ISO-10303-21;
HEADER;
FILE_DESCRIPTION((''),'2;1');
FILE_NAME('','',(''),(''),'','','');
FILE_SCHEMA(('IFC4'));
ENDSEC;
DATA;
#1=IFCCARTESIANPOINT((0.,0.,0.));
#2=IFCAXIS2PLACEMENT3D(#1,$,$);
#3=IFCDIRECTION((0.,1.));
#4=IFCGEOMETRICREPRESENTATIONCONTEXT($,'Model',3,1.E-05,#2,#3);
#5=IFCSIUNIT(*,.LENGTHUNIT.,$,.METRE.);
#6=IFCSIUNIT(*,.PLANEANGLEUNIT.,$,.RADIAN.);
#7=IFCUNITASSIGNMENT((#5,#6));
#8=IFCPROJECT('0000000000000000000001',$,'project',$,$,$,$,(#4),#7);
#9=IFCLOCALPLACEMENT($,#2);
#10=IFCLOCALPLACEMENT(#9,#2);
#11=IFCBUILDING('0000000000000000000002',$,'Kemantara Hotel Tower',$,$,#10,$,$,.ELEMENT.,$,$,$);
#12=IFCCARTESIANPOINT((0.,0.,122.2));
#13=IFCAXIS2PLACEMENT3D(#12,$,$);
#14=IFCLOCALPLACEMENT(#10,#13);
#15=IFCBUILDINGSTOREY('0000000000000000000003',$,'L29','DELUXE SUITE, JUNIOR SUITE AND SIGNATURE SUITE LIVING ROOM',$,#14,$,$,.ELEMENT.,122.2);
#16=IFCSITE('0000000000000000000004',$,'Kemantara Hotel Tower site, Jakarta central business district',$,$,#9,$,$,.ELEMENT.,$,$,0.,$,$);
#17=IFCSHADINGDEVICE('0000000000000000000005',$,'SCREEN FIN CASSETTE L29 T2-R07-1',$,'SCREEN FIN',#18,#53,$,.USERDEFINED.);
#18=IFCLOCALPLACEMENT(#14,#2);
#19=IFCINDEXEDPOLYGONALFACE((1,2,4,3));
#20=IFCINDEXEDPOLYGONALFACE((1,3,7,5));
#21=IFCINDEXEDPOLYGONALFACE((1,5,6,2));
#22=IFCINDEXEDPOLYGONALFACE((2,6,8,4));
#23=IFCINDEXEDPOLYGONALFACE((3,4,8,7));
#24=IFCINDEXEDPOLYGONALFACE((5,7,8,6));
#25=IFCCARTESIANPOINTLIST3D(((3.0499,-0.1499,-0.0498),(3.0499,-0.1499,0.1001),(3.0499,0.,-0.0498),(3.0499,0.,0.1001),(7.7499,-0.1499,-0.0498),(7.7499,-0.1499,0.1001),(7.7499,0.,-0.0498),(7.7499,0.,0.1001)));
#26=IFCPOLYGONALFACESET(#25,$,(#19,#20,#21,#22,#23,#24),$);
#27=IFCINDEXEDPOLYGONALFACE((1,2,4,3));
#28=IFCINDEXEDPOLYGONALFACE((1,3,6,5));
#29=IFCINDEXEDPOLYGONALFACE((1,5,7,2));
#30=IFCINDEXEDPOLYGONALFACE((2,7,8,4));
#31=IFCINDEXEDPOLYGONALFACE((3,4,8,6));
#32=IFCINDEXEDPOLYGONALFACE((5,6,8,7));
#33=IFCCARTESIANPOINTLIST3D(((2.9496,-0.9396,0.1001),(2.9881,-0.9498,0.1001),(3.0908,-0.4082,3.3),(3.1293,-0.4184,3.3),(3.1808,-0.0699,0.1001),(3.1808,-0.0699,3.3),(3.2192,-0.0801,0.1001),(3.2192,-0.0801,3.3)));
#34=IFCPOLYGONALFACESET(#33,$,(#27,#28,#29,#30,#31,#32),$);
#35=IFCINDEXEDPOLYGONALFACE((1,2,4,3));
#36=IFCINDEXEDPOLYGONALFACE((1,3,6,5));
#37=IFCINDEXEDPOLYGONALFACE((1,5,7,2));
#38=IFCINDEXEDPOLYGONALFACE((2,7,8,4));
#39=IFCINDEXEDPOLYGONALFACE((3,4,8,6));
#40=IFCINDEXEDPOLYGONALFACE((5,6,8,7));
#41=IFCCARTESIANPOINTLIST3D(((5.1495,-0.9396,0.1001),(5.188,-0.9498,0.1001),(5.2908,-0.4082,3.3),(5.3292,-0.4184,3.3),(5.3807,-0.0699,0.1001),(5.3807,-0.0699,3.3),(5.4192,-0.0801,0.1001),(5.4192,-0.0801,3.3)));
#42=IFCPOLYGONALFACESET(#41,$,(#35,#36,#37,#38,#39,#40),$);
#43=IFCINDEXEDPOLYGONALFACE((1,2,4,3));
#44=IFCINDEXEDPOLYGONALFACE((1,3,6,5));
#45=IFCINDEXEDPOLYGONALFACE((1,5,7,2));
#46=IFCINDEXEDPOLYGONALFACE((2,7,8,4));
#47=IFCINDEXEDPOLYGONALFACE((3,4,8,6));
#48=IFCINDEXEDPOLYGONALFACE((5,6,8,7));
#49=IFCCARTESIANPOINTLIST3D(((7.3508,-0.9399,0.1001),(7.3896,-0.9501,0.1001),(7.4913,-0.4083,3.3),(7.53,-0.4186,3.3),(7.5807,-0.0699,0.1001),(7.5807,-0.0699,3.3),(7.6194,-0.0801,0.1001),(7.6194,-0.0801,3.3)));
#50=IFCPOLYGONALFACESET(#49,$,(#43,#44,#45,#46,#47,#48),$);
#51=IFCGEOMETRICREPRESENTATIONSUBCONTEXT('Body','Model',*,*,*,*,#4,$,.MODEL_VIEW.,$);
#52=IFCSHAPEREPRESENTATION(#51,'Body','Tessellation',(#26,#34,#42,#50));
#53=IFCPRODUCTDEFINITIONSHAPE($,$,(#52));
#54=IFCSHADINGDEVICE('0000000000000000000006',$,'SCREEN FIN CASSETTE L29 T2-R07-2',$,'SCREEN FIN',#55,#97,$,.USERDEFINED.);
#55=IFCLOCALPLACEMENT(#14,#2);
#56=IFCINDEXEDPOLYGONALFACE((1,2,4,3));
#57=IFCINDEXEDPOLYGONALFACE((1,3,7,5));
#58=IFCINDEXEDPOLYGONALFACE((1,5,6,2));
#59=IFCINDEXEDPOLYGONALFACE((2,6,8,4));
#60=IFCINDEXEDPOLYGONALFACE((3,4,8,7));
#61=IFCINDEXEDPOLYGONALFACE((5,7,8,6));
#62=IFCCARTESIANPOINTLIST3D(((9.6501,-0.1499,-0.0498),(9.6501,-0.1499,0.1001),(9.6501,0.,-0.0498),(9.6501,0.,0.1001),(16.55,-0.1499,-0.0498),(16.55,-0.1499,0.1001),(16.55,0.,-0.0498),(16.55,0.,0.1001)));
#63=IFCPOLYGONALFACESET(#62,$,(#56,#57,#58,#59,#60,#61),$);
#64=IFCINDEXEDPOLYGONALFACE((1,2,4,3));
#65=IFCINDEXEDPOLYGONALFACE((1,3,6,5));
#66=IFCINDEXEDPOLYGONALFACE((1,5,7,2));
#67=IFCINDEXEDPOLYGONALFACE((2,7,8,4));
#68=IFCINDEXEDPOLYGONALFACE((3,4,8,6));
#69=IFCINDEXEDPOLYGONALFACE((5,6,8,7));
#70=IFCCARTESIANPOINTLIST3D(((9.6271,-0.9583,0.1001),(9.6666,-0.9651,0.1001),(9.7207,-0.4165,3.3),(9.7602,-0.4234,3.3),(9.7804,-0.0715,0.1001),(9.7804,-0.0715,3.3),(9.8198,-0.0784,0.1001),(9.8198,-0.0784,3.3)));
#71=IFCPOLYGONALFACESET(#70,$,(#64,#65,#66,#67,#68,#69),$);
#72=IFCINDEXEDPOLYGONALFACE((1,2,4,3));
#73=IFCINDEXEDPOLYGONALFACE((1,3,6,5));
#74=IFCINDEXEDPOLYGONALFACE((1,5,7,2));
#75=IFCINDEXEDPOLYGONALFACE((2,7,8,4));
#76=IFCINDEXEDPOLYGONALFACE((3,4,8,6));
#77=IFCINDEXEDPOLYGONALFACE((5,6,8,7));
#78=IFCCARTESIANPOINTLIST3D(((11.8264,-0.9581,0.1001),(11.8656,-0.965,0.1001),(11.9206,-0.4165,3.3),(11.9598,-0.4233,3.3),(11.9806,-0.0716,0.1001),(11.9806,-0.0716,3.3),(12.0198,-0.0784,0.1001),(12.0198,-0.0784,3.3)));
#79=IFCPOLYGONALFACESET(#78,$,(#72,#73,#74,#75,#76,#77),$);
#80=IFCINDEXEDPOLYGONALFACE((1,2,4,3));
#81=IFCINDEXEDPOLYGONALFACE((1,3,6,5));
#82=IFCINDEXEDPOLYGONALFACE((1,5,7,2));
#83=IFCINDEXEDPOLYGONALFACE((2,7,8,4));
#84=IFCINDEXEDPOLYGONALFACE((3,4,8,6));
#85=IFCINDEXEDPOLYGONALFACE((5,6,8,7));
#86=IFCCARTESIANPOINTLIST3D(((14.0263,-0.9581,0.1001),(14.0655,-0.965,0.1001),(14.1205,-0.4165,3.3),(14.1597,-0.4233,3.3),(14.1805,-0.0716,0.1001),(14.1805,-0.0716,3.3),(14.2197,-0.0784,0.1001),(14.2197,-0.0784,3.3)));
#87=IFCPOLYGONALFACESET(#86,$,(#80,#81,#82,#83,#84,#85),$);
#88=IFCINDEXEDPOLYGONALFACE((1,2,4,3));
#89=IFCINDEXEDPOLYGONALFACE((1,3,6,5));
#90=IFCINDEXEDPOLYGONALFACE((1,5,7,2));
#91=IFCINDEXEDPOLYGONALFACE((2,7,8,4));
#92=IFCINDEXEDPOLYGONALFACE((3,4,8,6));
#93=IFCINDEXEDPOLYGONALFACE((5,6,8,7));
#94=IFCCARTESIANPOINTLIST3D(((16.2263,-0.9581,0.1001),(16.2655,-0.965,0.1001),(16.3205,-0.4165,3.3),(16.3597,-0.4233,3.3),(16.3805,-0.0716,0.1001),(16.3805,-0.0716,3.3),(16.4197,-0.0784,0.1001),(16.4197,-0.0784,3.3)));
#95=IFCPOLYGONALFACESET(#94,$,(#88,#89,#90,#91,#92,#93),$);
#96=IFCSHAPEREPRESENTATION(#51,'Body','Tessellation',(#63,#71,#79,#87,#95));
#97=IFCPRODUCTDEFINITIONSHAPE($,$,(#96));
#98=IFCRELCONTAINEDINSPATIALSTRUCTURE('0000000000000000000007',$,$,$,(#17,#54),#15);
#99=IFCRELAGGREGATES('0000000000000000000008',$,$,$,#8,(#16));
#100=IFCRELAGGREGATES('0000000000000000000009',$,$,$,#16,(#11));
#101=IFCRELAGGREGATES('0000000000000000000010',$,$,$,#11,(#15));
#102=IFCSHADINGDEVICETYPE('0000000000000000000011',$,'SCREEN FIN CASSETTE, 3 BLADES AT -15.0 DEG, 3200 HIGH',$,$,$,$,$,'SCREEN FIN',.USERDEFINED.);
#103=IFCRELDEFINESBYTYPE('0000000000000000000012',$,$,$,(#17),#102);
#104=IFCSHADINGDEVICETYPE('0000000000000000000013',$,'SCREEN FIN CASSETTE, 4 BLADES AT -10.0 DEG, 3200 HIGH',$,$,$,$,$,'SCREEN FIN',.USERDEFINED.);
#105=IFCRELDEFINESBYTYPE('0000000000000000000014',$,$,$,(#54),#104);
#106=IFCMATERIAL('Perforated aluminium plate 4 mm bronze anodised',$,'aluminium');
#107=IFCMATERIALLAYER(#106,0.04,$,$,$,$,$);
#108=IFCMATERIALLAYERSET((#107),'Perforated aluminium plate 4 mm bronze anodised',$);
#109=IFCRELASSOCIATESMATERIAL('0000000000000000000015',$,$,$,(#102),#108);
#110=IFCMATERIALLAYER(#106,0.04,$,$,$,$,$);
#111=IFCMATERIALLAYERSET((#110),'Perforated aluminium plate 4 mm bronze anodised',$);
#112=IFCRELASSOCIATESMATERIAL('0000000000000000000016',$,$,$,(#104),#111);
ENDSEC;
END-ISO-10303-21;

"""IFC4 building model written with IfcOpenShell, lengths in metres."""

from ifc_helpers import new_model, si_unit, direction, frame, origin, origin_2d, place, context, subcontext, project, spatial, polyline, rectangle, outline, extrude, source, transform, mapped, material, layer, layer_set, type_object, element, save


model = new_model("IFC4")

# Units and contexts
model_context = context("Model", 3, precision=1e-05, world=origin(), true_north=direction((0.0, 1.0)))
body_context = subcontext(model_context, "Body", "Model", "MODEL_VIEW")
ifc_project = project(units=[si_unit("LENGTHUNIT", "METRE"), si_unit("PLANEANGLEUNIT", "RADIAN")], contexts=[model_context])

# Site, building, storey
site_placement = place(None, origin())
site = spatial("IfcSite", under=ifc_project, at=site_placement, Name="Kemantara Hotel Tower site, Jakarta central business district", CompositionType="ELEMENT", RefElevation=0.0)
building_placement = place(site_placement, origin())
building = spatial("IfcBuilding", under=site, at=building_placement, Name="Kemantara Hotel Tower", CompositionType="ELEMENT")
storey_placement = place(building_placement, frame((0.0, 0.0, 122.2)))
storey = spatial("IfcBuildingStorey", under=building, at=storey_placement, Name="L29", Description="DELUXE SUITE, JUNIOR SUITE AND SIGNATURE SUITE LIVING ROOM", CompositionType="ELEMENT", Elevation=122.2)

# Shading devices
ifc_material_1 = material(Name="Perforated aluminium plate 4 mm bronze anodised", Category="aluminium")
ifc_layer_1 = layer(ifc_material_1, 0.04)
ifc_layer_set_1 = layer_set([ifc_layer_1], Name="Perforated aluminium plate 4 mm bronze anodised")
shading_device_type_1 = type_object("IfcShadingDeviceType", Name="SCREEN FIN CASSETTE, 3 BLADES AT -15.0 DEG, 3200 HIGH", ElementType="SCREEN FIN", PredefinedType="USERDEFINED", material=ifc_layer_set_1)
shared_shape_1 = source(origin(), body_context, "Body", "SweptSolid", [
    extrude(rectangle(XDim=4.7, YDim=0.1499, at=origin_2d()), frame((2.2, -0.075, -0.1499), z_axis=(0.0, 0.0, 1.0), x_axis=(1.0, 0.0, 0.0)), (0.0, 0.0, 1.0), 0.1499),
    extrude(outline(polyline([(0.0, 0.0), (0.8999, 0.0), (0.3501, 3.2), (0.0, 3.2), (0.0, 0.0)])), frame((0.0193, -0.0801, 0.0), z_axis=(-0.966438, 0.256901, 0.0), x_axis=(-0.256901, -0.966438, 0.0)), (0.0, 0.0, 1.0), 0.0398),
    extrude(outline(polyline([(0.0, 0.0), (0.8999, 0.0), (0.3501, 3.2), (0.0, 3.2), (0.0, 0.0)])), frame((2.2192, -0.0801, 0.0), z_axis=(-0.966438, 0.256901, 0.0), x_axis=(-0.256901, -0.966438, 0.0)), (0.0, 0.0, 1.0), 0.0398),
    extrude(outline(polyline([(0.0, 0.0), (0.8999, 0.0), (0.3501, 3.2), (0.0, 3.2), (0.0, 0.0)])), frame((4.4194, -0.0801, 0.0), z_axis=(-0.966838, 0.255391, 0.0), x_axis=(-0.255391, -0.966838, 0.0)), (0.0, 0.0, 1.0), 0.04),
])
shading_device_1_placement = place(storey_placement, frame((3.2, 0.0, 0.1001), z_axis=(0.0, 0.0, 1.0), x_axis=(1.0, 0.0, 0.0)))
element("IfcShadingDevice", 1, at=shading_device_1_placement, inside=storey, type_object=shading_device_type_1, Name="SCREEN FIN CASSETTE L29 T2-R07-1", ObjectType="SCREEN FIN", PredefinedType="USERDEFINED", context=body_context, shape_type="MappedRepresentation", body=[
    mapped(shared_shape_1, transform((0.0, 0.0, 0.0))),
])
ifc_layer_2 = layer(ifc_material_1, 0.04)
ifc_layer_set_2 = layer_set([ifc_layer_2], Name="Perforated aluminium plate 4 mm bronze anodised")
shading_device_type_2 = type_object("IfcShadingDeviceType", Name="SCREEN FIN CASSETTE, 4 BLADES AT -10.0 DEG, 3200 HIGH", ElementType="SCREEN FIN", PredefinedType="USERDEFINED", material=ifc_layer_set_2)
shared_shape_2 = source(origin(), body_context, "Body", "SweptSolid", [
    extrude(rectangle(XDim=6.8999, YDim=0.1499, at=origin_2d()), frame((3.3, -0.075, -0.1499), z_axis=(0.0, 0.0, 1.0), x_axis=(1.0, 0.0, 0.0)), (0.0, 0.0, 1.0), 0.1499),
    extrude(outline(polyline([(0.0, 0.0), (0.8999, 0.0), (0.3501, 3.2), (0.0, 3.2), (0.0, 0.0)])), frame((0.0198, -0.0784, 0.0), z_axis=(-0.98539, 0.170314, 0.0), x_axis=(-0.170314, -0.98539, 0.0)), (0.0, 0.0, 1.0), 0.04),
    extrude(outline(polyline([(0.0, 0.0), (0.8999, 0.0), (0.3501, 3.2), (0.0, 3.2), (0.0, 0.0)])), frame((2.2197, -0.0784, 0.0), z_axis=(-0.985212, 0.171341, 0.0), x_axis=(-0.171341, -0.985212, 0.0)), (0.0, 0.0, 1.0), 0.0398),
    extrude(outline(polyline([(0.0, 0.0), (0.8999, 0.0), (0.3501, 3.2), (0.0, 3.2), (0.0, 0.0)])), frame((4.4197, -0.0784, 0.0), z_axis=(-0.985212, 0.171341, 0.0), x_axis=(-0.171341, -0.985212, 0.0)), (0.0, 0.0, 1.0), 0.0398),
    extrude(outline(polyline([(0.0, 0.0), (0.8999, 0.0), (0.3501, 3.2), (0.0, 3.2), (0.0, 0.0)])), frame((6.6196, -0.0784, 0.0), z_axis=(-0.985212, 0.171341, 0.0), x_axis=(-0.171341, -0.985212, 0.0)), (0.0, 0.0, 1.0), 0.0398),
])
shading_device_2_placement = place(storey_placement, frame((9.8, 0.0, 0.1001), z_axis=(0.0, 0.0, 1.0), x_axis=(1.0, 0.0, 0.0)))
element("IfcShadingDevice", 2, at=shading_device_2_placement, inside=storey, type_object=shading_device_type_2, Name="SCREEN FIN CASSETTE L29 T2-R07-2", ObjectType="SCREEN FIN", PredefinedType="USERDEFINED", context=body_context, shape_type="MappedRepresentation", body=[
    mapped(shared_shape_2, transform((0.0, 0.0, 0.0))),
])

save(model, "model.ifc")
